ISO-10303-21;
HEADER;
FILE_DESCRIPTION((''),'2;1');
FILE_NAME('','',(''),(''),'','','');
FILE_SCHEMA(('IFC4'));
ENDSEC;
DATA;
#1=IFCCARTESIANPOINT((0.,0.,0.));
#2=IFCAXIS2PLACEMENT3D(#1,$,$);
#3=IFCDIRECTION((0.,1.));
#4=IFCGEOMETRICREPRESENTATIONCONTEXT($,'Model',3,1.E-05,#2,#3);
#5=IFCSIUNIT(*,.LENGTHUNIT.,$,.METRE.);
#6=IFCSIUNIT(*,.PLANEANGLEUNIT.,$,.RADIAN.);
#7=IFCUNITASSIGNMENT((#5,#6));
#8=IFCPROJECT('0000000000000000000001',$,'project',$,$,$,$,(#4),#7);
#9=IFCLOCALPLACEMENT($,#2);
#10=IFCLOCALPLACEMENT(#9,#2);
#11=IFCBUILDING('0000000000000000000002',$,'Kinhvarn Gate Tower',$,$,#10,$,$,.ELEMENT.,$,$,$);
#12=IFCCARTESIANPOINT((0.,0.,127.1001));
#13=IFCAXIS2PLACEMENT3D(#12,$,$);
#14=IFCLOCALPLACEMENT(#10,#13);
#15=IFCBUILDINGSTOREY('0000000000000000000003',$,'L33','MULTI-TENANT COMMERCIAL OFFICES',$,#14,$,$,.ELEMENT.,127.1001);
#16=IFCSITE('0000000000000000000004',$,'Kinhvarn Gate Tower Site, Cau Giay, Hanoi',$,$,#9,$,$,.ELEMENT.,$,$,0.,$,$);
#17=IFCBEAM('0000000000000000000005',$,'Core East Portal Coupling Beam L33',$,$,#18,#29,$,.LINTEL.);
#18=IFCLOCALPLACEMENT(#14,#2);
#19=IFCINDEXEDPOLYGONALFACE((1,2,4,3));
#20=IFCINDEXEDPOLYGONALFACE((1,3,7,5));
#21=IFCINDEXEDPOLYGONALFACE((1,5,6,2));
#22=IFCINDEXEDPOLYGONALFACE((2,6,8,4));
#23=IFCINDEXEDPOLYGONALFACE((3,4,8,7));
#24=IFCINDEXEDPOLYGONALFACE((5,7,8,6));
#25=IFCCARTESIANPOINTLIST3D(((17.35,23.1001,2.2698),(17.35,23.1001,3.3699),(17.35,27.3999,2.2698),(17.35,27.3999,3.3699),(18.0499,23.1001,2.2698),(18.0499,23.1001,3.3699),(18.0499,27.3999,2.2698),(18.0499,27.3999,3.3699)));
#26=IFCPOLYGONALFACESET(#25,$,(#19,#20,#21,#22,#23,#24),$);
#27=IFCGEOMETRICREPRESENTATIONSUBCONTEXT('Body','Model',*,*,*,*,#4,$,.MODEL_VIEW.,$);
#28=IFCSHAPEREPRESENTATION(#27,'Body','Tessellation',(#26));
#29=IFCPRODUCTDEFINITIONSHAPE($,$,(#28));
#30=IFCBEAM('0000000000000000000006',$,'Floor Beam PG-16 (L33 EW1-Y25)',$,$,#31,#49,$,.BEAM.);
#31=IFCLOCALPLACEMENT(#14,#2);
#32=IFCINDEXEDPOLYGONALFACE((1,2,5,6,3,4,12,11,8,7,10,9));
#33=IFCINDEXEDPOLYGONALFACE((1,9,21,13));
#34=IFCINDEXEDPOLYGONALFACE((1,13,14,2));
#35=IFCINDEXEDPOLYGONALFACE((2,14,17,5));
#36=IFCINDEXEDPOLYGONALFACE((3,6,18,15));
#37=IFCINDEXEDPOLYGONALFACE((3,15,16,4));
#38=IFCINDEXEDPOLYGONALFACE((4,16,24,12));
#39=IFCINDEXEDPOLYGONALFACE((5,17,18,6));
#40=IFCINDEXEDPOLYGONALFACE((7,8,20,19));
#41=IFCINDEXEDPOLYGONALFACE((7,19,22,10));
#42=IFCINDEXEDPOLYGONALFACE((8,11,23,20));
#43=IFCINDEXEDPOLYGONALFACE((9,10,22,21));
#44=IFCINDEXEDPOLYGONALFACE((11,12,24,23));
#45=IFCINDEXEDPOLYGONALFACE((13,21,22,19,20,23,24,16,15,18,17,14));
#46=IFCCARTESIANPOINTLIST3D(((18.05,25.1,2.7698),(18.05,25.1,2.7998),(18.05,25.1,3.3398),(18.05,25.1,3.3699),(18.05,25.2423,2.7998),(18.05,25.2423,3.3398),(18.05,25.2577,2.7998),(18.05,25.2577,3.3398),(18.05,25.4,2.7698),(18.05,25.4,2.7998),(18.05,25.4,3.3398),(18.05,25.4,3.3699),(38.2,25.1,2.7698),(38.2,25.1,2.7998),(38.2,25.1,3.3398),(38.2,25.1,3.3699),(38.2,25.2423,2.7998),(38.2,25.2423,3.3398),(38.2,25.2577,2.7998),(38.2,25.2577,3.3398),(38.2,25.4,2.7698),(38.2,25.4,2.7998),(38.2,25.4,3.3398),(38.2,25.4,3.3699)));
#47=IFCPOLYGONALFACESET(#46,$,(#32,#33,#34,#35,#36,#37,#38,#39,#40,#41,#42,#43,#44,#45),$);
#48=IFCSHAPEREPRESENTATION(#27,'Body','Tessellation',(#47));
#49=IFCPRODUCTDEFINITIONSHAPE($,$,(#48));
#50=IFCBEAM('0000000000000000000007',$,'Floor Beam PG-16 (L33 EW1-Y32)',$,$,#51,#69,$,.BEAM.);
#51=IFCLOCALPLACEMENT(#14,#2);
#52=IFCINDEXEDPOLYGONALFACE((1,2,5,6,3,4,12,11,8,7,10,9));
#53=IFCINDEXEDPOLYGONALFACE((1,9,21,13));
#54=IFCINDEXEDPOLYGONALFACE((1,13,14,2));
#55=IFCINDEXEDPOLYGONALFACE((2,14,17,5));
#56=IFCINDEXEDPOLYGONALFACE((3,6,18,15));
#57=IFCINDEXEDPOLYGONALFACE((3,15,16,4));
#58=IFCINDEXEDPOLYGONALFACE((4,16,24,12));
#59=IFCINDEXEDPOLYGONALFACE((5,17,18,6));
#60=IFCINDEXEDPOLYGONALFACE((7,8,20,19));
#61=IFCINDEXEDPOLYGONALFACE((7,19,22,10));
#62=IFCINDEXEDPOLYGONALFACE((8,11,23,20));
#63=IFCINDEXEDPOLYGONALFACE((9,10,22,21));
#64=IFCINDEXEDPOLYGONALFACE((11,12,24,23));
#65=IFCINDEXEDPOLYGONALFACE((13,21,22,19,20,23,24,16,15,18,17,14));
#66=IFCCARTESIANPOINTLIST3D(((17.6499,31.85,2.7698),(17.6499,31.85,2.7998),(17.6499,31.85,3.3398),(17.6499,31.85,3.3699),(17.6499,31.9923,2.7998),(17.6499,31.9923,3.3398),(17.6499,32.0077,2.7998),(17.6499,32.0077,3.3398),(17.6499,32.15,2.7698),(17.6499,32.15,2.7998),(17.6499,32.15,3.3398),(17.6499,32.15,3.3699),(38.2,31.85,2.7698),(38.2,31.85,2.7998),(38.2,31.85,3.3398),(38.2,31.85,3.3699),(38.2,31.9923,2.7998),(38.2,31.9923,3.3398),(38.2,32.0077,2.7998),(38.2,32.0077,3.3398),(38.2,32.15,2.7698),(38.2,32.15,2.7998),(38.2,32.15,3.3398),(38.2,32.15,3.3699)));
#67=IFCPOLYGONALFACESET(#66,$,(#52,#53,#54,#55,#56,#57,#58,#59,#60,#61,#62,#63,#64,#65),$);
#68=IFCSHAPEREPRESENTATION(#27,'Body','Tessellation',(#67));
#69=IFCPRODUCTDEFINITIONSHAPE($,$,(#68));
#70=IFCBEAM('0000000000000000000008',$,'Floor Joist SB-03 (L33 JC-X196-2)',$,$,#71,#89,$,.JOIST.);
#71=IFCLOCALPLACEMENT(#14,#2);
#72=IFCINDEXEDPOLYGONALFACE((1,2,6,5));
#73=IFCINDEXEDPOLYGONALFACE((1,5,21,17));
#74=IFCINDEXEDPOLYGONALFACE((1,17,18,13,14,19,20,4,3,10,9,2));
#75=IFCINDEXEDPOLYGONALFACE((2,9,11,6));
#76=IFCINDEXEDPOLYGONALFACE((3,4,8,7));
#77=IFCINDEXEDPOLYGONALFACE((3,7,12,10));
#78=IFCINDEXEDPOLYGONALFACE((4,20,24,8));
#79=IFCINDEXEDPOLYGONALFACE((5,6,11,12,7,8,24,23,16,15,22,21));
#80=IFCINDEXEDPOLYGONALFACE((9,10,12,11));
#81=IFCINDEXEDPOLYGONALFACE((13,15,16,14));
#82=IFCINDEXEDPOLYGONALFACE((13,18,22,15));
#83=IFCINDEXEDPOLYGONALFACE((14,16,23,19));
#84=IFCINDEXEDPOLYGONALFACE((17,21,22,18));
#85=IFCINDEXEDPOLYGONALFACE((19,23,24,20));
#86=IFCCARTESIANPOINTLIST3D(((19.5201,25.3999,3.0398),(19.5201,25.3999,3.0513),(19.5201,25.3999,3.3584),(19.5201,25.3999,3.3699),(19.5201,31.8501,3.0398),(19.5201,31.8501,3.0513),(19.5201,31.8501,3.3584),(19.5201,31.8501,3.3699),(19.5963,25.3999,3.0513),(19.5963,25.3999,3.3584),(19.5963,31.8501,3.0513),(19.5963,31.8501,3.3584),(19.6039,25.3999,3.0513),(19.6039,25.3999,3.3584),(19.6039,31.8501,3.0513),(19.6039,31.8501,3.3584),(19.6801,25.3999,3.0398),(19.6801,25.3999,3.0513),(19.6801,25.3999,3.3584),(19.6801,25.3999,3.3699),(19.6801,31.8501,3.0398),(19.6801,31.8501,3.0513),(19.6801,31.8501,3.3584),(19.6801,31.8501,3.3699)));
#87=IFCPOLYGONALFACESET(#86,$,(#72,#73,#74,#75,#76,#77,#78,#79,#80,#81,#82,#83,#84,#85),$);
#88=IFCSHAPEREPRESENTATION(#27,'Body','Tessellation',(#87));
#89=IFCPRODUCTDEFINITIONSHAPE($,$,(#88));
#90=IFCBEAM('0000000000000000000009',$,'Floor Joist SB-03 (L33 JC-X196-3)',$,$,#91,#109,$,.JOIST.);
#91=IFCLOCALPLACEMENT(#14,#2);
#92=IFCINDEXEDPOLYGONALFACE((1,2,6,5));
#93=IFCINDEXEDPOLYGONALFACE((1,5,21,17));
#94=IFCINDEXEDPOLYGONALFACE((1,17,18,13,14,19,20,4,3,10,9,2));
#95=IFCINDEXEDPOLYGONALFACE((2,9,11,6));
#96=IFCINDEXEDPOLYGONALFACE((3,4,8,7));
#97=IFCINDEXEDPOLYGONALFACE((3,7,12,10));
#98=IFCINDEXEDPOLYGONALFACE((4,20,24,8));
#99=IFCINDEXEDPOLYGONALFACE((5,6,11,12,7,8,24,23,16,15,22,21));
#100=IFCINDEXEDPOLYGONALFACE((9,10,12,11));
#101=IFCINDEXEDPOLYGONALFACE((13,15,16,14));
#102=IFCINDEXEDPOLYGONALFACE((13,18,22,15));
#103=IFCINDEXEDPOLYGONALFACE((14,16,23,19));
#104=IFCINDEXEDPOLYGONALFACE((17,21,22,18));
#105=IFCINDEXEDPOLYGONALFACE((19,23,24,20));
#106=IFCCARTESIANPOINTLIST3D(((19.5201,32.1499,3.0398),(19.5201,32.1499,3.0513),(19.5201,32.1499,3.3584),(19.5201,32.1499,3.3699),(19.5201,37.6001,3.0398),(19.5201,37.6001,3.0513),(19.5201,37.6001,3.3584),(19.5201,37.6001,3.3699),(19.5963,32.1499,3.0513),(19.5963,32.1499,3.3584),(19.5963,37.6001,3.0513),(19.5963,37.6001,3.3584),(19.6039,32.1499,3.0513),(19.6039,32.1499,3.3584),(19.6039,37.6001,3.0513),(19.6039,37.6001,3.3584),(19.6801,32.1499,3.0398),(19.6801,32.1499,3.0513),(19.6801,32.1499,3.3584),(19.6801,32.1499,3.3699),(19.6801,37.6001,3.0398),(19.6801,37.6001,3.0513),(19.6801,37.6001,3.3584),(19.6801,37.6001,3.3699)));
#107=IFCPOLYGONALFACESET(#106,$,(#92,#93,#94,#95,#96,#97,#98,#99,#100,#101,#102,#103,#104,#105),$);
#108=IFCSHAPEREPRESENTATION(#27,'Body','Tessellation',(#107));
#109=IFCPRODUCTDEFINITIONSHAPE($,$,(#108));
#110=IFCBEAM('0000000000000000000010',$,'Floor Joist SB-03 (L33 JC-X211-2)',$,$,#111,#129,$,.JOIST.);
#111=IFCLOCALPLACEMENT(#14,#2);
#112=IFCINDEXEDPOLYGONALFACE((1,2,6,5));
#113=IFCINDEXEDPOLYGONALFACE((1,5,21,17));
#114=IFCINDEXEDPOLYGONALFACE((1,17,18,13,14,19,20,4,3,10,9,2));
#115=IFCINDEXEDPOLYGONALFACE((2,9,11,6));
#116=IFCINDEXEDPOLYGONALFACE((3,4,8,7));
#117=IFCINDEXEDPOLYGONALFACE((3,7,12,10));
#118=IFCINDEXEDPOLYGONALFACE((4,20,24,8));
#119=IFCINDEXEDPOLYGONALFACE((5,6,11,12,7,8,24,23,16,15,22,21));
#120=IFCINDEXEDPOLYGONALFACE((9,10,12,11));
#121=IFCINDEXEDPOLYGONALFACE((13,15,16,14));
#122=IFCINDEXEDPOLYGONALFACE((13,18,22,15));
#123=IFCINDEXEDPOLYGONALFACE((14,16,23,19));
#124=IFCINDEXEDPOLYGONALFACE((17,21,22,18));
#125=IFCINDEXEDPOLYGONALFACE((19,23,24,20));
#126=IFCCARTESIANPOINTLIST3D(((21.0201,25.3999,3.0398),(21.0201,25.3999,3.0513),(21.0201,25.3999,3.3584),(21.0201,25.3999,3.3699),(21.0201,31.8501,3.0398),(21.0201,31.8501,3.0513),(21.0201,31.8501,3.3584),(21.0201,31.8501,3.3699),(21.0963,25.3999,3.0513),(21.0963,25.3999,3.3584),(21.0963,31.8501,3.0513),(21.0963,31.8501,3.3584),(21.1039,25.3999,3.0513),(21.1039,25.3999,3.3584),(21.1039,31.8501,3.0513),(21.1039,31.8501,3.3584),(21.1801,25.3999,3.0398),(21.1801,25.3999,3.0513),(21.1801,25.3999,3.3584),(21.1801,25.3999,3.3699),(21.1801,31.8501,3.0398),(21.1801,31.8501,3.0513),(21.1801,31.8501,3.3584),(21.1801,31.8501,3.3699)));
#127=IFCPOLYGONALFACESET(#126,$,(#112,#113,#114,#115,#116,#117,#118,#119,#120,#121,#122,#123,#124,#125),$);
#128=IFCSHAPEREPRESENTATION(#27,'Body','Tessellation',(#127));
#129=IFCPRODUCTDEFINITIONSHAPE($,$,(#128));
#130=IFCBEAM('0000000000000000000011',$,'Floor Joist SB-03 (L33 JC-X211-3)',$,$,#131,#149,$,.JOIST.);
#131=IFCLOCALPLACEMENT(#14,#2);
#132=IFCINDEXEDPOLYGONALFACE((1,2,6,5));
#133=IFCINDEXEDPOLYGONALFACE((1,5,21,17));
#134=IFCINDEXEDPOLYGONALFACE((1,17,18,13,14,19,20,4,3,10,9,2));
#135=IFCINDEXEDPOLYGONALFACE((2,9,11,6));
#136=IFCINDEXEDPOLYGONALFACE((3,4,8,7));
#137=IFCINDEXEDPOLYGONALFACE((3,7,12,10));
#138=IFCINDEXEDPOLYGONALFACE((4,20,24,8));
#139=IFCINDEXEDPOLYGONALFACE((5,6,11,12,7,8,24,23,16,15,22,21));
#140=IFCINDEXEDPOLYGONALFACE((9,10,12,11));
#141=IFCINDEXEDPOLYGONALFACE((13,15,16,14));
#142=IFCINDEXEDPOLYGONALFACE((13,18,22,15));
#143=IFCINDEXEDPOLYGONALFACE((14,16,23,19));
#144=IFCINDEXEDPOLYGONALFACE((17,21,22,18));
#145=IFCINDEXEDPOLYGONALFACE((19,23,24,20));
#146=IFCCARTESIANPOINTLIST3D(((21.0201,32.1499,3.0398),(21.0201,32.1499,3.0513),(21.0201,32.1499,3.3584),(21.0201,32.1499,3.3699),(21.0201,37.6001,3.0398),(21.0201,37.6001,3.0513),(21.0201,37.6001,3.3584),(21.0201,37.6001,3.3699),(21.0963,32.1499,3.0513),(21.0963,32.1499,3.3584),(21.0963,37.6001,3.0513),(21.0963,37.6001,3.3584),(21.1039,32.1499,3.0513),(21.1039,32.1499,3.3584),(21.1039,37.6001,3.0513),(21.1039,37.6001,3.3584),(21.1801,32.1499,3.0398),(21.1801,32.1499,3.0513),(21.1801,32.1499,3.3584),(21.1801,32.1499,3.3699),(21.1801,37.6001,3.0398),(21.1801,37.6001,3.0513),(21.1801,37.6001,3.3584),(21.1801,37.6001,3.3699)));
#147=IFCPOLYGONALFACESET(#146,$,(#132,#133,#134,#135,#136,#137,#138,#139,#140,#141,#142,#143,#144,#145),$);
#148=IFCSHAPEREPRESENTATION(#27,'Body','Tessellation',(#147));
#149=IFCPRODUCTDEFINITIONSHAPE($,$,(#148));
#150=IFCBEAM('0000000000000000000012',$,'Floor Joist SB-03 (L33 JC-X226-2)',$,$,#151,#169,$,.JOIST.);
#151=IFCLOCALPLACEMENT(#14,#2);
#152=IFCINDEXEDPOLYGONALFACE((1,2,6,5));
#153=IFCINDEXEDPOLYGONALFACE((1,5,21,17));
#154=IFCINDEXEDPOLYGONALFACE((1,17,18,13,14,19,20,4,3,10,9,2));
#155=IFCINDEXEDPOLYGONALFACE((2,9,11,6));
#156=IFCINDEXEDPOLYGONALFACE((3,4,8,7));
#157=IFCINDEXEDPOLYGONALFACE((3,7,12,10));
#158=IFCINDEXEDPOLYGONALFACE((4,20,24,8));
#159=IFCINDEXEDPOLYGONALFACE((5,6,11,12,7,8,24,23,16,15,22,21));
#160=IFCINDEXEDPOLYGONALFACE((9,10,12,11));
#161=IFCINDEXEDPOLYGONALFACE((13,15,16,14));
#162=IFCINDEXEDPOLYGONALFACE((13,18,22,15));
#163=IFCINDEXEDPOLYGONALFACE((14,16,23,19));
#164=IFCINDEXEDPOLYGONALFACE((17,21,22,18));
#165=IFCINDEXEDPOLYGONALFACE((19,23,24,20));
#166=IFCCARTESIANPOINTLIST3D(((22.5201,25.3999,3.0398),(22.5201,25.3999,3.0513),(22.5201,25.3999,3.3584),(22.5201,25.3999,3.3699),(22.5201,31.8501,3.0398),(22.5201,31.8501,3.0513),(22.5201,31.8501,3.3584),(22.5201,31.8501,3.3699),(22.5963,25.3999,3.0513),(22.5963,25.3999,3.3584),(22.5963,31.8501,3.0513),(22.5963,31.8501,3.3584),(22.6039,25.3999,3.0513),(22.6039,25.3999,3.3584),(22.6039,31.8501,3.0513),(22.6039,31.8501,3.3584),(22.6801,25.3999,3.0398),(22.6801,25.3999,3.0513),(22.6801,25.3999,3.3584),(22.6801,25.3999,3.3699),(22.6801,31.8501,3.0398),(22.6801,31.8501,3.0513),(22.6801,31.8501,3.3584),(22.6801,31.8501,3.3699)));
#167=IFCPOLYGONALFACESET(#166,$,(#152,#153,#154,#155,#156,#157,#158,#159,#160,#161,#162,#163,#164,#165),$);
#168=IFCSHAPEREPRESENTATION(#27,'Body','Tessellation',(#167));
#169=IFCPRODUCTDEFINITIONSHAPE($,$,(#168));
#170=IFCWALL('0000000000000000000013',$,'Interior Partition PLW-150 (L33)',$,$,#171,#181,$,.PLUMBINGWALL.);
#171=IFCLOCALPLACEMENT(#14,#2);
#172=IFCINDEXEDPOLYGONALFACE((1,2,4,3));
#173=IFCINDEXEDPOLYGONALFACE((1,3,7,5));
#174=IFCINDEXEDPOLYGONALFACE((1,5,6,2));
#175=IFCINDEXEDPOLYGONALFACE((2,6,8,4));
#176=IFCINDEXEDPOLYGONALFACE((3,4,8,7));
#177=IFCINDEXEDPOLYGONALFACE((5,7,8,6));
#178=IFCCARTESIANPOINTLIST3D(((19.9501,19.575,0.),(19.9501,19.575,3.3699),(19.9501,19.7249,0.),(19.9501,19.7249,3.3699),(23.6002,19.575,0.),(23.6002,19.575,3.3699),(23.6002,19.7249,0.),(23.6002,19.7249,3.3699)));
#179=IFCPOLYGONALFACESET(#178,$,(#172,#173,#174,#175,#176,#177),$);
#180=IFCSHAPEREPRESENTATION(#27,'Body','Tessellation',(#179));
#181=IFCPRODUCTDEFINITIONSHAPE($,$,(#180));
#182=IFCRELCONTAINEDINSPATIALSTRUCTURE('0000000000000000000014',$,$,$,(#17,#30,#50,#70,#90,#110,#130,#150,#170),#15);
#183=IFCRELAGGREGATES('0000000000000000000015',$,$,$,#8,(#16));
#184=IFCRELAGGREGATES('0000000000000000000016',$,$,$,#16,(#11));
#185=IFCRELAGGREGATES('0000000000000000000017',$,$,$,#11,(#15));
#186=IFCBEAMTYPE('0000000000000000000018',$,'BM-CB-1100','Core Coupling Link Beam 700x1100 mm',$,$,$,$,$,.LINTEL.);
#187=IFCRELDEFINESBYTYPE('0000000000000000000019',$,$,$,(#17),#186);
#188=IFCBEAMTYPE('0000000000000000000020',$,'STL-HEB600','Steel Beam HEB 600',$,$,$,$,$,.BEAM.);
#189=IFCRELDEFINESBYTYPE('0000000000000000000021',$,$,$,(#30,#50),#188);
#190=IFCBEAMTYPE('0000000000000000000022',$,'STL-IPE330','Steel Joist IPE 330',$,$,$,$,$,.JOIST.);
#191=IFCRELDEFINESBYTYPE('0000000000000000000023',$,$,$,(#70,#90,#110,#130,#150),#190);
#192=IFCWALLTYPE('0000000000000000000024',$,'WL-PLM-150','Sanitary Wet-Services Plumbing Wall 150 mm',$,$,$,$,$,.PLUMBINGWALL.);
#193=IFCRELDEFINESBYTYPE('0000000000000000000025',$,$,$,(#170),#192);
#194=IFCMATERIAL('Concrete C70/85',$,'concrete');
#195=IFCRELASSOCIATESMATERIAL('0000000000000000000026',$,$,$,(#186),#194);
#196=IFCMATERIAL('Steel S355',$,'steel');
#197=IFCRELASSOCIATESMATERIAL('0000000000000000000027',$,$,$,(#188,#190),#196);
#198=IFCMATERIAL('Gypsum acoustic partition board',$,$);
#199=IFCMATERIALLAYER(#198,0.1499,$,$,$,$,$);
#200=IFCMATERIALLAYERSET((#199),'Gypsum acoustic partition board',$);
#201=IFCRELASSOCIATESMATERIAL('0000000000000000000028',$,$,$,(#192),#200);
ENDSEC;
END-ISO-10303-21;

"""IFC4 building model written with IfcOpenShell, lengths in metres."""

from ifc_helpers import new_model, si_unit, direction, frame, frame_2d, origin, origin_2d, place, context, subcontext, project, spatial, rectangle, i_section, extrude, material, layer, layer_set, material_profile, profile_set, type_object, element, save


model = new_model("IFC4")

# Units and contexts
model_context = context("Model", 3, precision=1e-05, world=origin(), true_north=direction((0.0, 1.0)))
body_context = subcontext(model_context, "Body", "Model", "MODEL_VIEW")
ifc_project = project(units=[si_unit("LENGTHUNIT", "METRE"), si_unit("PLANEANGLEUNIT", "RADIAN")], contexts=[model_context])

# Site, building, storey
site_placement = place(None, origin())
site = spatial("IfcSite", under=ifc_project, at=site_placement, Name="Kinhvarn Gate Tower Site, Cau Giay, Hanoi", CompositionType="ELEMENT", RefElevation=0.0)
building_placement = place(site_placement, origin())
building = spatial("IfcBuilding", under=site, at=building_placement, Name="Kinhvarn Gate Tower", CompositionType="ELEMENT")
storey_placement = place(building_placement, frame((0.0, 0.0, 127.1001)))
storey = spatial("IfcBuildingStorey", under=building, at=storey_placement, Name="L33", Description="MULTI-TENANT COMMERCIAL OFFICES", CompositionType="ELEMENT", Elevation=127.1001)

# Beams
ifc_material_1 = material(Name="Concrete C70/85", Category="concrete")
ifc_material_profile_1 = material_profile(ifc_material_1, rectangle(XDim=0.7, YDim=1.1001, at=origin_2d()), Name="RC 700x1100")
ifc_profile_set_1 = profile_set([ifc_material_profile_1], Name="Concrete C70/85")
beam_type_1 = type_object("IfcBeamType", Name="BM-CB-1100", Description="Core Coupling Link Beam 700x1100 mm", PredefinedType="LINTEL", material=ifc_profile_set_1)
beam_1_placement = place(storey_placement, frame((17.7, 23.1001, 2.8198), z_axis=(0.0, 1.0, 0.0), x_axis=(-1.0, 0.0, 0.0)))
element("IfcBeam", 1, at=beam_1_placement, inside=storey, type_object=beam_type_1, Name="Core East Portal Coupling Beam L33", PredefinedType="LINTEL", context=body_context, shape_type="SweptSolid", body=[
    extrude(rectangle(XDim=0.7, YDim=1.1001, at=origin_2d()), origin(), (0.0, 0.0, 1.0), 4.2998),
])
ifc_material_2 = material(Name="Steel S355", Category="steel")
ifc_material_profile_2 = material_profile(ifc_material_2, i_section(OverallWidth=0.3, OverallDepth=0.6001, WebThickness=0.0154, FlangeThickness=0.03, at=origin_2d()), Name="HEB 600")
ifc_profile_set_2 = profile_set([ifc_material_profile_2], Name="Steel S355")
beam_type_2 = type_object("IfcBeamType", Name="STL-HEB600", Description="Steel Beam HEB 600", PredefinedType="BEAM", material=ifc_profile_set_2)
beam_2_placement = place(storey_placement, frame((18.05, 25.25, 3.0698), z_axis=(1.0, 0.0, 0.0), x_axis=(0.0, 1.0, 0.0)))
element("IfcBeam", 2, at=beam_2_placement, inside=storey, type_object=beam_type_2, Name="Floor Beam PG-16 (L33 EW1-Y25)", PredefinedType="BEAM", context=body_context, shape_type="SweptSolid", body=[
    extrude(i_section(OverallWidth=0.3, OverallDepth=0.6001, WebThickness=0.0154, FlangeThickness=0.03, at=origin_2d()), origin(), (0.0, 0.0, 1.0), 20.1499),
])
beam_3_placement = place(storey_placement, frame((17.6499, 32.0, 3.0698), z_axis=(1.0, 0.0, 0.0), x_axis=(0.0, 1.0, 0.0)))
element("IfcBeam", 3, at=beam_3_placement, inside=storey, type_object=beam_type_2, Name="Floor Beam PG-16 (L33 EW1-Y32)", PredefinedType="BEAM", context=body_context, shape_type="SweptSolid", body=[
    extrude(i_section(OverallWidth=0.3, OverallDepth=0.6001, WebThickness=0.0154, FlangeThickness=0.03, at=origin_2d()), origin(), (0.0, 0.0, 1.0), 20.55),
])
ifc_material_profile_3 = material_profile(ifc_material_2, i_section(OverallWidth=0.1599, OverallDepth=0.3301, WebThickness=0.0076, FlangeThickness=0.0115, at=origin_2d()), Name="IPE 330")
ifc_profile_set_3 = profile_set([ifc_material_profile_3], Name="Steel S355")
beam_type_3 = type_object("IfcBeamType", Name="STL-IPE330", Description="Steel Joist IPE 330", PredefinedType="JOIST", material=ifc_profile_set_3)
beam_4_placement = place(storey_placement, frame((19.6001, 25.3999, 3.2048), z_axis=(0.0, 1.0, 0.0), x_axis=(-1.0, 0.0, 0.0)))
element("IfcBeam", 4, at=beam_4_placement, inside=storey, type_object=beam_type_3, Name="Floor Joist SB-03 (L33 JC-X196-2)", PredefinedType="JOIST", context=body_context, shape_type="SweptSolid", body=[
    extrude(i_section(OverallWidth=0.1599, OverallDepth=0.3301, WebThickness=0.0076, FlangeThickness=0.0115, at=origin_2d()), origin(), (0.0, 0.0, 1.0), 6.4502),
])
beam_5_placement = place(storey_placement, frame((19.6001, 32.1499, 3.2048), z_axis=(0.0, 1.0, 0.0), x_axis=(-1.0, 0.0, 0.0)))
element("IfcBeam", 5, at=beam_5_placement, inside=storey, type_object=beam_type_3, Name="Floor Joist SB-03 (L33 JC-X196-3)", PredefinedType="JOIST", context=body_context, shape_type="SweptSolid", body=[
    extrude(i_section(OverallWidth=0.1599, OverallDepth=0.3301, WebThickness=0.0076, FlangeThickness=0.0115, at=origin_2d()), origin(), (0.0, 0.0, 1.0), 5.4502),
])
beam_6_placement = place(storey_placement, frame((21.1001, 25.3999, 3.2048), z_axis=(0.0, 1.0, 0.0), x_axis=(-1.0, 0.0, 0.0)))
element("IfcBeam", 6, at=beam_6_placement, inside=storey, type_object=beam_type_3, Name="Floor Joist SB-03 (L33 JC-X211-2)", PredefinedType="JOIST", context=body_context, shape_type="SweptSolid", body=[
    extrude(i_section(OverallWidth=0.1599, OverallDepth=0.3301, WebThickness=0.0076, FlangeThickness=0.0115, at=origin_2d()), origin(), (0.0, 0.0, 1.0), 6.4502),
])
beam_7_placement = place(storey_placement, frame((21.1001, 32.1499, 3.2048), z_axis=(0.0, 1.0, 0.0), x_axis=(-1.0, 0.0, 0.0)))
element("IfcBeam", 7, at=beam_7_placement, inside=storey, type_object=beam_type_3, Name="Floor Joist SB-03 (L33 JC-X211-3)", PredefinedType="JOIST", context=body_context, shape_type="SweptSolid", body=[
    extrude(i_section(OverallWidth=0.1599, OverallDepth=0.3301, WebThickness=0.0076, FlangeThickness=0.0115, at=origin_2d()), origin(), (0.0, 0.0, 1.0), 5.4502),
])
beam_8_placement = place(storey_placement, frame((22.6001, 25.3999, 3.2048), z_axis=(0.0, 1.0, 0.0), x_axis=(-1.0, 0.0, 0.0)))
element("IfcBeam", 8, at=beam_8_placement, inside=storey, type_object=beam_type_3, Name="Floor Joist SB-03 (L33 JC-X226-2)", PredefinedType="JOIST", context=body_context, shape_type="SweptSolid", body=[
    extrude(i_section(OverallWidth=0.1599, OverallDepth=0.3301, WebThickness=0.0076, FlangeThickness=0.0115, at=origin_2d()), origin(), (0.0, 0.0, 1.0), 6.4502),
])

# Wall
ifc_material_3 = material(Name="Gypsum acoustic partition board")
ifc_layer_1 = layer(ifc_material_3, 0.1499)
ifc_layer_set_1 = layer_set([ifc_layer_1], Name="Gypsum acoustic partition board")
wall_type_1 = type_object("IfcWallType", Name="WL-PLM-150", Description="Sanitary Wet-Services Plumbing Wall 150 mm", PredefinedType="PLUMBINGWALL", material=ifc_layer_set_1)
wall_1_placement = place(storey_placement, frame((19.95, 19.6499, 0.0), z_axis=(0.0, 0.0, 1.0), x_axis=(1.0, 0.0, 0.0)))
element("IfcWall", 9, at=wall_1_placement, inside=storey, type_object=wall_type_1, Name="Interior Partition PLW-150 (L33)", PredefinedType="PLUMBINGWALL", context=body_context, shape_type="SweptSolid", body=[
    extrude(rectangle(XDim=3.6501, YDim=0.1499, at=frame_2d((1.8252, 0.0))), origin(), (0.0, 0.0, 1.0), 3.3699),
])

save(model, "model.ifc")
